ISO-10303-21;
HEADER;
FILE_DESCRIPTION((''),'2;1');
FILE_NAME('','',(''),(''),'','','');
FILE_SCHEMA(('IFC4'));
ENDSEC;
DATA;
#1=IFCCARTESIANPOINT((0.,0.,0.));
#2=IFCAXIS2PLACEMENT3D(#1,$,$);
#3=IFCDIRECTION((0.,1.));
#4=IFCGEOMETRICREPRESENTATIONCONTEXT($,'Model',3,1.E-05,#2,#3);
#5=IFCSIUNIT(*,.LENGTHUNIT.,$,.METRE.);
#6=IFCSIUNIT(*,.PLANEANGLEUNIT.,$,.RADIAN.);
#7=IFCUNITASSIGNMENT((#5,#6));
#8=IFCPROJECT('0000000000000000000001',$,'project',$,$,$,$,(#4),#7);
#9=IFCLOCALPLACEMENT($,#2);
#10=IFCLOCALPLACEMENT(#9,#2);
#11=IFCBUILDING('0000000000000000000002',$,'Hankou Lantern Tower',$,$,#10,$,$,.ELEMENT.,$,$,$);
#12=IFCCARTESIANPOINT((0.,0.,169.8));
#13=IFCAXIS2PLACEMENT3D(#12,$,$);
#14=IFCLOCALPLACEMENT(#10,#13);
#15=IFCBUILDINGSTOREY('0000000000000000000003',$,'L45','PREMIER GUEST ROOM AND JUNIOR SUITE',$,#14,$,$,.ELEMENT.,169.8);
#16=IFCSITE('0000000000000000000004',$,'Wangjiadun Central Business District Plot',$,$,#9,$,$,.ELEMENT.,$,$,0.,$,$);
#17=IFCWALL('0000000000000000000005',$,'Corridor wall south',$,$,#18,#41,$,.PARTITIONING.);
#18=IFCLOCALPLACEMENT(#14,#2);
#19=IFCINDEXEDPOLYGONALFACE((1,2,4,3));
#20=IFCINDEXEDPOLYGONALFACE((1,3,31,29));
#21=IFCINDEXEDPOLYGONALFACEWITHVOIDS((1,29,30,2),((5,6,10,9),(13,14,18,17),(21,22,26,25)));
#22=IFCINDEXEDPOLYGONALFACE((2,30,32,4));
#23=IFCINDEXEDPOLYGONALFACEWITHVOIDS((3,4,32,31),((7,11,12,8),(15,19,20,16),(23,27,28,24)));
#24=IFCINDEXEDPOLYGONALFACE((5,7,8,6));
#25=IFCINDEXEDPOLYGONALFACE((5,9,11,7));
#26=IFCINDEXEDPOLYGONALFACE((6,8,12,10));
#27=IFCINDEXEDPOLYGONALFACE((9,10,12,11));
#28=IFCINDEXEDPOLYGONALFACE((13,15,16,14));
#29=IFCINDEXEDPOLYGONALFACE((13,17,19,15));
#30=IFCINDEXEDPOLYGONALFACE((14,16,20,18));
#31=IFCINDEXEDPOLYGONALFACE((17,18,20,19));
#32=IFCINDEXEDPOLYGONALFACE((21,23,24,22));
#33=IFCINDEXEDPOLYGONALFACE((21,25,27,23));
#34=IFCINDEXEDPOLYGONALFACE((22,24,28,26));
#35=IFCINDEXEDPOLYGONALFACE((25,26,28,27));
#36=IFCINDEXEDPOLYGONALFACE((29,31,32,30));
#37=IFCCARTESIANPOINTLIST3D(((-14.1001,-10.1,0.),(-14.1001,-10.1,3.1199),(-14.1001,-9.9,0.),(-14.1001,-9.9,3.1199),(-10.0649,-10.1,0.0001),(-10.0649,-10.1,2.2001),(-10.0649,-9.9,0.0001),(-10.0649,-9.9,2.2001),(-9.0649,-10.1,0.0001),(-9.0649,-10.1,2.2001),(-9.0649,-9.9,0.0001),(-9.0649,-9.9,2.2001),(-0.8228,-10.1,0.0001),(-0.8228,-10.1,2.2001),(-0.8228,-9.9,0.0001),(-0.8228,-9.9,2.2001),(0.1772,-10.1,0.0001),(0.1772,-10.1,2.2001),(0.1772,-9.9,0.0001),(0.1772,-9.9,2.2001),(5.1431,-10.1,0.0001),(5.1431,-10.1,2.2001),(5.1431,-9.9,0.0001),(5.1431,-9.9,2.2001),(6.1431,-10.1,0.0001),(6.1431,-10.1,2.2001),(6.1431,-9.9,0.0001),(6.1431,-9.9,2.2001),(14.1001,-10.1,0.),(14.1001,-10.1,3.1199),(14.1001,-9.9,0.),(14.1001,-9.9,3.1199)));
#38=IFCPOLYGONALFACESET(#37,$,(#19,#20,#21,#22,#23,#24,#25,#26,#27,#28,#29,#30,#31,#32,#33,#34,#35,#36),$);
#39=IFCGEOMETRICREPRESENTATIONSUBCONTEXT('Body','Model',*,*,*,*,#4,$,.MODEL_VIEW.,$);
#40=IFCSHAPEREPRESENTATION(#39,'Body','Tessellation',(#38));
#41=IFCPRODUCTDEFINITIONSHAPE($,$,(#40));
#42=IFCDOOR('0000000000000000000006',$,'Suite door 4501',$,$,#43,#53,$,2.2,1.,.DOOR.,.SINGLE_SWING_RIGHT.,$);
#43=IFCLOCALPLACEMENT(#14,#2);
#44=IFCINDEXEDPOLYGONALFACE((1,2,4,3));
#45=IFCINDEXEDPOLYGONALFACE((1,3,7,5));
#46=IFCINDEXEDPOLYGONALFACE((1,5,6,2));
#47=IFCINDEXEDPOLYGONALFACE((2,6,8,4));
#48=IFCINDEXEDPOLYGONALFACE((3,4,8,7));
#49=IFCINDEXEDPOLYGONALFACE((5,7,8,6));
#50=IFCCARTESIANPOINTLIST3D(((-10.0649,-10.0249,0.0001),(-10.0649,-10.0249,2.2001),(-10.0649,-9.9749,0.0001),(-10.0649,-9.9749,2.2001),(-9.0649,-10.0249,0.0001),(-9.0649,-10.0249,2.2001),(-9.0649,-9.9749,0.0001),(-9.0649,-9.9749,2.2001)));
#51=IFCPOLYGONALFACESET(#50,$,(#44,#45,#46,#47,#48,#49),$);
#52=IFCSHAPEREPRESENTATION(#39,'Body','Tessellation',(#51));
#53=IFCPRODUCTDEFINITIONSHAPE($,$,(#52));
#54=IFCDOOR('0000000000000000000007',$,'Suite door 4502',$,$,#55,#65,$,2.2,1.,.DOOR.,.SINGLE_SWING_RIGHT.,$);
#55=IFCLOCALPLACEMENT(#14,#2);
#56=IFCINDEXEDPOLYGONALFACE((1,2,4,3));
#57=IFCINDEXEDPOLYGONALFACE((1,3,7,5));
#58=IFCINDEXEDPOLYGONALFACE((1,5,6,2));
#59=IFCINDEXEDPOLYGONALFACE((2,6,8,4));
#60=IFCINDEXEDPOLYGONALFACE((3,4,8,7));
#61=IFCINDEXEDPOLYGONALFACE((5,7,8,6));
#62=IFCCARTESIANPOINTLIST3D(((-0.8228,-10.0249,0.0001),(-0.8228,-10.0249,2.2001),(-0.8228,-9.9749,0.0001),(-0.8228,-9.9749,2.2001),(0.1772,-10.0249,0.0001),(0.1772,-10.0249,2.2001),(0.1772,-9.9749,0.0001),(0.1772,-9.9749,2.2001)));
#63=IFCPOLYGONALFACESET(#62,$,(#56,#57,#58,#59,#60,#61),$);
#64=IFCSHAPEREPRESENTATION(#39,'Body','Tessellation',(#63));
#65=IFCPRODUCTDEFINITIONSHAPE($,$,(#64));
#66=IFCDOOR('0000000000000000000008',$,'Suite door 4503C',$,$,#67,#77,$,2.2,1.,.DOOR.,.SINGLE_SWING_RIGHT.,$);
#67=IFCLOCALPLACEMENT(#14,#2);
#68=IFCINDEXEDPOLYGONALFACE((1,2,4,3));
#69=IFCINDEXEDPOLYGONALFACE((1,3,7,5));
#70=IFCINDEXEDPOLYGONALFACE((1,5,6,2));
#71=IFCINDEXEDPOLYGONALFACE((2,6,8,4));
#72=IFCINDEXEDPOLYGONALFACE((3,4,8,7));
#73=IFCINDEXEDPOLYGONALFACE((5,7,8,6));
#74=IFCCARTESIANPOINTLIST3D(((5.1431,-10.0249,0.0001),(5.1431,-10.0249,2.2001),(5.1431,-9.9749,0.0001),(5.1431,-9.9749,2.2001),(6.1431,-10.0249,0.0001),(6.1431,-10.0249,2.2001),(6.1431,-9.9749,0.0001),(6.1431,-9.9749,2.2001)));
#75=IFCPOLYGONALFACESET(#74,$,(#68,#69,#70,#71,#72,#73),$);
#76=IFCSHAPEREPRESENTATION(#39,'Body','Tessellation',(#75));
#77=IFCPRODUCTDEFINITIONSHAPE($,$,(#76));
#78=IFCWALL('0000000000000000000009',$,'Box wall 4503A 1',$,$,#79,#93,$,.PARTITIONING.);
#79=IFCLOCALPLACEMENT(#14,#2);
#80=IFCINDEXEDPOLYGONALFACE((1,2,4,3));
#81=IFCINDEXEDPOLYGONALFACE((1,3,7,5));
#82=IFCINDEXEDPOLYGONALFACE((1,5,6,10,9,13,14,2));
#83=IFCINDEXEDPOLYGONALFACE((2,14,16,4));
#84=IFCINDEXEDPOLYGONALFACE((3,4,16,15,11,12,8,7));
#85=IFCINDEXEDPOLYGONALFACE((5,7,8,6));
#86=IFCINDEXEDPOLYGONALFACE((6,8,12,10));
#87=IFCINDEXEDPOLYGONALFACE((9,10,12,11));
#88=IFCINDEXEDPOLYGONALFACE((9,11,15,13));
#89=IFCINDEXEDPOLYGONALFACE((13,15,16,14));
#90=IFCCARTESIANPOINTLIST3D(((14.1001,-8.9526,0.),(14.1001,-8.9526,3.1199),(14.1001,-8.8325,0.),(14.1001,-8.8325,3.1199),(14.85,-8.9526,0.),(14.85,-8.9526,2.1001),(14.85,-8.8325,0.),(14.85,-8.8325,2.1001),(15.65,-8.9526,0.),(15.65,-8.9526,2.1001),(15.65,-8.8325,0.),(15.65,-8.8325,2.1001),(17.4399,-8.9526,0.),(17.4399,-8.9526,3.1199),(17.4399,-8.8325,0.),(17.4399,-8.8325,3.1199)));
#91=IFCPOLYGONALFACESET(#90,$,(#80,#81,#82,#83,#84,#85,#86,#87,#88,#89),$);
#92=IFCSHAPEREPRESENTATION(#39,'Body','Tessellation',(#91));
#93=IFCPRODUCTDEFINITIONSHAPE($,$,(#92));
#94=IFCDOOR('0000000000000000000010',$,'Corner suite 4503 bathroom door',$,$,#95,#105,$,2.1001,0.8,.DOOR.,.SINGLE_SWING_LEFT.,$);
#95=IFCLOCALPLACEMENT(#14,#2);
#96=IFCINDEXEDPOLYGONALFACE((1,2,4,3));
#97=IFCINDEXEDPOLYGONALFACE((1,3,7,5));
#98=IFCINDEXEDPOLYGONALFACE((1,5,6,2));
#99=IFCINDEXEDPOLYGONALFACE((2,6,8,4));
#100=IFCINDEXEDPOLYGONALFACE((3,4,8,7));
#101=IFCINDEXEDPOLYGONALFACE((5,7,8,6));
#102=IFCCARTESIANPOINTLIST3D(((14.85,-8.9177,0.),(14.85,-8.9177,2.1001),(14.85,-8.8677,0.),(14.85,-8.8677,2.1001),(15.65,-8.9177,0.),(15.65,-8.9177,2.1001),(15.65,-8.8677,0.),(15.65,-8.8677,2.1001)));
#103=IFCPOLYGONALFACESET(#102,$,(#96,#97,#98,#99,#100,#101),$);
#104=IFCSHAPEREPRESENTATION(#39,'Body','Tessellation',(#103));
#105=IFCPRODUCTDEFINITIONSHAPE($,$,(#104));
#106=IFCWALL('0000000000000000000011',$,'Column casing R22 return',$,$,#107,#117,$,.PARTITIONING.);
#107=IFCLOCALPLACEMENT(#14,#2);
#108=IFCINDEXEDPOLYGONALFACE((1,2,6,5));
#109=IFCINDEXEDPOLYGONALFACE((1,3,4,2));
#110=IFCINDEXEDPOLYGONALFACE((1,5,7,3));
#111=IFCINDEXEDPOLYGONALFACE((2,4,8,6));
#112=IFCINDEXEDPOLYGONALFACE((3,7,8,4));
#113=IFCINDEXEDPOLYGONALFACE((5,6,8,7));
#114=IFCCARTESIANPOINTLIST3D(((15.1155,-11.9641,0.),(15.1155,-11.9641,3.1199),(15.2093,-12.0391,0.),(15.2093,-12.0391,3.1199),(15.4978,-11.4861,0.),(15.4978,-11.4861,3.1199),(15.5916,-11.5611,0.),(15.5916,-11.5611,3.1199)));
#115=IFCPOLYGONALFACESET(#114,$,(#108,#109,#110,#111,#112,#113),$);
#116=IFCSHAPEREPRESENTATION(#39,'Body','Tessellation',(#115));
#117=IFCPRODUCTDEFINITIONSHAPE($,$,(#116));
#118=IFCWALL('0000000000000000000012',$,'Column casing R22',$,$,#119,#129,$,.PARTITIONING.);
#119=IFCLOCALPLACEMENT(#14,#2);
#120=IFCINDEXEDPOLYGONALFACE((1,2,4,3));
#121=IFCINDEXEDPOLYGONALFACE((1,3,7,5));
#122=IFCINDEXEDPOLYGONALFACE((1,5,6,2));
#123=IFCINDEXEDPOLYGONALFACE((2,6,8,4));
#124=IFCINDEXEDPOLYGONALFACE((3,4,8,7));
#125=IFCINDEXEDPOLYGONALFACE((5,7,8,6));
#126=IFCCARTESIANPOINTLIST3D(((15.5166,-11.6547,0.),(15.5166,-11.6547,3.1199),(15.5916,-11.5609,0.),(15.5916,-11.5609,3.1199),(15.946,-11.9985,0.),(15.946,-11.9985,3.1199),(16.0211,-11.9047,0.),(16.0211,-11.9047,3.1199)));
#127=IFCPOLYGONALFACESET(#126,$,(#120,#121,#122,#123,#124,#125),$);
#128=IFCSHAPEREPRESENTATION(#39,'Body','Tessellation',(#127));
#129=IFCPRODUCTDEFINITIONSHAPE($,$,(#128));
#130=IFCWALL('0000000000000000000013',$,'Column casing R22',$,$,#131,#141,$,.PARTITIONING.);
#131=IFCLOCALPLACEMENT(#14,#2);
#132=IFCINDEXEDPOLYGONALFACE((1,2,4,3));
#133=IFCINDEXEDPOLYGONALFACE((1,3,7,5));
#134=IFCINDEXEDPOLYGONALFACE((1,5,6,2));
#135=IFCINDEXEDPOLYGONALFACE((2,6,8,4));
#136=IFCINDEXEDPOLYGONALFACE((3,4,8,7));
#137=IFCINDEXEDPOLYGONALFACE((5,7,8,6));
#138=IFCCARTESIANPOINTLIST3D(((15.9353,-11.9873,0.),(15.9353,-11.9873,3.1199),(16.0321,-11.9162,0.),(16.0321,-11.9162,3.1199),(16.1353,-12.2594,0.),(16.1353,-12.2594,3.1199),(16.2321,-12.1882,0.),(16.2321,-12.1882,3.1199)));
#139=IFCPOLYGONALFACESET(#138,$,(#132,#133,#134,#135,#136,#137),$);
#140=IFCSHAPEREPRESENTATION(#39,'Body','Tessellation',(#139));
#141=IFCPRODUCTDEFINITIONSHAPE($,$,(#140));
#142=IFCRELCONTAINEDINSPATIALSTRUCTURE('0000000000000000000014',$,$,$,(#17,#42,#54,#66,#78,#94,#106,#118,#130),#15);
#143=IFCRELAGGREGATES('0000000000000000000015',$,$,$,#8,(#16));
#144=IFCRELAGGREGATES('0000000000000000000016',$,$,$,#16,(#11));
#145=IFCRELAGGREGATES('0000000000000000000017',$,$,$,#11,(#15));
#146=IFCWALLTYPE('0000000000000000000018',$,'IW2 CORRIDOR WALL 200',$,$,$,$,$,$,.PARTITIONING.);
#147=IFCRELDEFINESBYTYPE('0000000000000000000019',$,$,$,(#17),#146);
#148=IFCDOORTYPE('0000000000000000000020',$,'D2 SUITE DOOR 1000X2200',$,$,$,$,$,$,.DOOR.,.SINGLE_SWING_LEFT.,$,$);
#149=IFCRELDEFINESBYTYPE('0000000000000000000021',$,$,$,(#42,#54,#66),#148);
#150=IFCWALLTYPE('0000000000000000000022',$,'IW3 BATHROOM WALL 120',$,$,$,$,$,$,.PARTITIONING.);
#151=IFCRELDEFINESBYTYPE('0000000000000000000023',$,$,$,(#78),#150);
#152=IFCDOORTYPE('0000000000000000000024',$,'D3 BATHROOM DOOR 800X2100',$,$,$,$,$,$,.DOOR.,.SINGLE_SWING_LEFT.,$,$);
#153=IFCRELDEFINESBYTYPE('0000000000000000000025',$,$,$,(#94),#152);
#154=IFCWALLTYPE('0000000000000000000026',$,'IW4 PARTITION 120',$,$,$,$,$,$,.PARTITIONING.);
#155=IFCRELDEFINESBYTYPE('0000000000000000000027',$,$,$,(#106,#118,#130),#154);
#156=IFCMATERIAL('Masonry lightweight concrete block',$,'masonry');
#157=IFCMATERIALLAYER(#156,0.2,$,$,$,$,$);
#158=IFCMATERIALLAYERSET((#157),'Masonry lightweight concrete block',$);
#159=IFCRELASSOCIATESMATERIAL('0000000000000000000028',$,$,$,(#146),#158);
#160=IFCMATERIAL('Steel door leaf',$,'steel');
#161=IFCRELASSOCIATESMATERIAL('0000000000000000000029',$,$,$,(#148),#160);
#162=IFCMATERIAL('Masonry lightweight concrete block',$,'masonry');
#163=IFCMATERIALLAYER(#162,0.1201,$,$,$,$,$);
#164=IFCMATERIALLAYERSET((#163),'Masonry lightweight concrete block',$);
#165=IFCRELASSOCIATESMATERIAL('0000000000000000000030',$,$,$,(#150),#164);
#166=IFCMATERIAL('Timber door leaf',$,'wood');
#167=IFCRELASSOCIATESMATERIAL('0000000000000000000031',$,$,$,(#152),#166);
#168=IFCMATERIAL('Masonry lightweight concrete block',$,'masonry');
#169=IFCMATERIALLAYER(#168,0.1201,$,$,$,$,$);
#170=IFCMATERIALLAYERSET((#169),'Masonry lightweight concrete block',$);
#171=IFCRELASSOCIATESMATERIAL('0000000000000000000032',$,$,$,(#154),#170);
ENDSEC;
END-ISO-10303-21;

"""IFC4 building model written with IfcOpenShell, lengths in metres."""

from ifc_helpers import new_model, si_unit, direction, frame, frame_2d, origin, place, context, subcontext, project, spatial, rectangle, extrude, material, layer, layer_set, type_object, element, fill, save


model = new_model("IFC4")

# Units and contexts
model_context = context("Model", 3, precision=1e-05, world=origin(), true_north=direction((0.0, 1.0)))
body_context = subcontext(model_context, "Body", "Model", "MODEL_VIEW")
ifc_project = project(units=[si_unit("LENGTHUNIT", "METRE"), si_unit("PLANEANGLEUNIT", "RADIAN")], contexts=[model_context])

# Site, building, storey
site_placement = place(None, origin())
site = spatial("IfcSite", under=ifc_project, at=site_placement, Name="Wangjiadun Central Business District Plot", CompositionType="ELEMENT", RefElevation=0.0)
building_placement = place(site_placement, origin())
building = spatial("IfcBuilding", under=site, at=building_placement, Name="Hankou Lantern Tower", CompositionType="ELEMENT")
storey_placement = place(building_placement, frame((0.0, 0.0, 169.8)))
storey = spatial("IfcBuildingStorey", under=building, at=storey_placement, Name="L45", Description="PREMIER GUEST ROOM AND JUNIOR SUITE", CompositionType="ELEMENT", Elevation=169.8)

# Wall, openings, doors
ifc_material_1 = material(Name="Masonry lightweight concrete block", Category="masonry")
ifc_layer_1 = layer(ifc_material_1, 0.2)
ifc_layer_set_1 = layer_set([ifc_layer_1], Name="Masonry lightweight concrete block")
wall_type_1 = type_object("IfcWallType", Name="IW2 CORRIDOR WALL 200", PredefinedType="PARTITIONING", material=ifc_layer_set_1)
ifc_material_2 = material(Name="Steel door leaf", Category="steel")
door_type_1 = type_object("IfcDoorType", Name="D2 SUITE DOOR 1000X2200", OperationType="SINGLE_SWING_LEFT", PredefinedType="DOOR", material=ifc_material_2)
wall_1_placement = place(storey_placement, frame((14.1001, -10.0, 0.0), z_axis=(0.0, 0.0, 1.0), x_axis=(-1.0, 0.0, 0.0)))
wall_1 = element("IfcWall", 1, at=wall_1_placement, inside=storey, type_object=wall_type_1, Name="Corridor wall south", PredefinedType="PARTITIONING", context=body_context, shape_type="SweptSolid", body=[
    extrude(rectangle(XDim=28.2002, YDim=0.2, at=frame_2d((14.1001, 0.0))), origin(), (0.0, 0.0, 1.0), 3.1199),
])
opening_1_placement = place(wall_1_placement, frame((23.165, 0.0, 0.0)))
opening_1 = element("IfcOpeningElement", 2, at=opening_1_placement, cuts=wall_1, PredefinedType="OPENING", context=body_context, shape_type="SweptSolid", body=[
    extrude(rectangle(XDim=1.0, YDim=2.2, at=frame_2d((0.5, 1.1001))), frame((0.0, 0.1099, 0.0), z_axis=(0.0, -1.0, 0.0), x_axis=(1.0, 0.0, 0.0)), (0.0, 0.0, 1.0), 0.22),
])
opening_2_placement = place(wall_1_placement, frame((13.9229, 0.0, 0.0)))
opening_2 = element("IfcOpeningElement", 3, at=opening_2_placement, cuts=wall_1, PredefinedType="OPENING", context=body_context, shape_type="SweptSolid", body=[
    extrude(rectangle(XDim=1.0, YDim=2.2, at=frame_2d((0.5, 1.1001))), frame((0.0, 0.1099, 0.0), z_axis=(0.0, -1.0, 0.0), x_axis=(1.0, 0.0, 0.0)), (0.0, 0.0, 1.0), 0.22),
])
opening_3_placement = place(wall_1_placement, frame((7.957, 0.0, 0.0)))
opening_3 = element("IfcOpeningElement", 4, at=opening_3_placement, cuts=wall_1, PredefinedType="OPENING", context=body_context, shape_type="SweptSolid", body=[
    extrude(rectangle(XDim=1.0, YDim=2.2, at=frame_2d((0.5, 1.1001))), frame((0.0, 0.1099, 0.0), z_axis=(0.0, -1.0, 0.0), x_axis=(1.0, 0.0, 0.0)), (0.0, 0.0, 1.0), 0.22),
])
door_1_placement = place(opening_1_placement, origin())
door_1 = element("IfcDoor", 5, at=door_1_placement, inside=storey, type_object=door_type_1, Name="Suite door 4501", OperationType="SINGLE_SWING_RIGHT", OverallHeight=2.2, OverallWidth=1.0, PredefinedType="DOOR", context=body_context, shape_type="SweptSolid", body=[
    extrude(rectangle(XDim=1.0, YDim=2.2, at=frame_2d((0.5, 1.1001))), frame((0.0, 0.0249, 0.0), z_axis=(0.0, -1.0, 0.0), x_axis=(1.0, 0.0, 0.0)), (0.0, 0.0, 1.0), 0.05),
])
fill(opening_1, door_1)
door_2_placement = place(opening_2_placement, origin())
door_2 = element("IfcDoor", 6, at=door_2_placement, inside=storey, type_object=door_type_1, Name="Suite door 4502", OperationType="SINGLE_SWING_RIGHT", OverallHeight=2.2, OverallWidth=1.0, PredefinedType="DOOR", context=body_context, shape_type="SweptSolid", body=[
    extrude(rectangle(XDim=1.0, YDim=2.2, at=frame_2d((0.5, 1.1001))), frame((0.0, 0.0249, 0.0), z_axis=(0.0, -1.0, 0.0), x_axis=(1.0, 0.0, 0.0)), (0.0, 0.0, 1.0), 0.05),
])
fill(opening_2, door_2)
door_3_placement = place(opening_3_placement, origin())
door_3 = element("IfcDoor", 7, at=door_3_placement, inside=storey, type_object=door_type_1, Name="Suite door 4503C", OperationType="SINGLE_SWING_RIGHT", OverallHeight=2.2, OverallWidth=1.0, PredefinedType="DOOR", context=body_context, shape_type="SweptSolid", body=[
    extrude(rectangle(XDim=1.0, YDim=2.2, at=frame_2d((0.5, 1.1001))), frame((0.0, 0.0249, 0.0), z_axis=(0.0, -1.0, 0.0), x_axis=(1.0, 0.0, 0.0)), (0.0, 0.0, 1.0), 0.05),
])
fill(opening_3, door_3)

# Wall, opening, door
ifc_material_3 = material(Name="Masonry lightweight concrete block", Category="masonry")
ifc_layer_2 = layer(ifc_material_3, 0.1201)
ifc_layer_set_2 = layer_set([ifc_layer_2], Name="Masonry lightweight concrete block")
wall_type_2 = type_object("IfcWallType", Name="IW3 BATHROOM WALL 120", PredefinedType="PARTITIONING", material=ifc_layer_set_2)
wall_2_placement = place(storey_placement, frame((14.1001, -8.8926, 0.0), z_axis=(0.0, 0.0, 1.0), x_axis=(1.0, 0.0, 0.0)))
wall_2 = element("IfcWall", 8, at=wall_2_placement, inside=storey, type_object=wall_type_2, Name="Box wall 4503A 1", PredefinedType="PARTITIONING", context=body_context, shape_type="SweptSolid", body=[
    extrude(rectangle(XDim=3.3398, YDim=0.1201, at=frame_2d((1.6699, 0.0))), origin(), (0.0, 0.0, 1.0), 3.1199),
])
opening_4_placement = place(wall_2_placement, frame((0.75, 0.0, 0.0)))
opening_4 = element("IfcOpeningElement", 9, at=opening_4_placement, cuts=wall_2, PredefinedType="OPENING", context=body_context, shape_type="SweptSolid", body=[
    extrude(rectangle(XDim=0.8, YDim=2.1001, at=frame_2d((0.3999, 1.05))), frame((0.0, 0.0701, 0.0), z_axis=(0.0, -1.0, 0.0), x_axis=(1.0, 0.0, 0.0)), (0.0, 0.0, 1.0), 0.1401),
])
ifc_material_4 = material(Name="Timber door leaf", Category="wood")
door_type_2 = type_object("IfcDoorType", Name="D3 BATHROOM DOOR 800X2100", OperationType="SINGLE_SWING_LEFT", PredefinedType="DOOR", material=ifc_material_4)
door_4_placement = place(opening_4_placement, origin())
door_4 = element("IfcDoor", 10, at=door_4_placement, inside=storey, type_object=door_type_2, Name="Corner suite 4503 bathroom door", OperationType="SINGLE_SWING_LEFT", OverallHeight=2.1001, OverallWidth=0.8, PredefinedType="DOOR", context=body_context, shape_type="SweptSolid", body=[
    extrude(rectangle(XDim=0.8, YDim=2.1001, at=frame_2d((0.3999, 1.05))), frame((0.0, 0.0249, 0.0), z_axis=(0.0, -1.0, 0.0), x_axis=(1.0, 0.0, 0.0)), (0.0, 0.0, 1.0), 0.05),
])
fill(opening_4, door_4)

# Walls
ifc_material_5 = material(Name="Masonry lightweight concrete block", Category="masonry")
ifc_layer_3 = layer(ifc_material_5, 0.1201)
ifc_layer_set_3 = layer_set([ifc_layer_3], Name="Masonry lightweight concrete block")
wall_type_3 = type_object("IfcWallType", Name="IW4 PARTITION 120", PredefinedType="PARTITIONING", material=ifc_layer_set_3)
wall_3_placement = place(storey_placement, frame((15.1624, -12.0017, 0.0), z_axis=(0.0, 0.0, 1.0), x_axis=(0.624598, 0.780947, 0.0)))
element("IfcWall", 11, at=wall_3_placement, inside=storey, type_object=wall_type_3, Name="Column casing R22 return", PredefinedType="PARTITIONING", context=body_context, shape_type="SweptSolid", body=[
    extrude(rectangle(XDim=0.6121, YDim=0.1201, at=frame_2d((0.3062, 0.0))), origin(), (0.0, 0.0, 1.0), 3.1199),
])
wall_4_placement = place(storey_placement, frame((15.5542, -11.6079, 0.0), z_axis=(0.0, 0.0, 1.0), x_axis=(0.780696, -0.624912, 0.0)))
element("IfcWall", 12, at=wall_4_placement, inside=storey, type_object=wall_type_3, Name="Column casing R22", PredefinedType="PARTITIONING", context=body_context, shape_type="SweptSolid", body=[
    extrude(rectangle(XDim=0.55, YDim=0.1201, at=frame_2d((0.2749, 0.0))), origin(), (0.0, 0.0, 1.0), 3.1199),
])
wall_5_placement = place(storey_placement, frame((15.9836, -11.9517, 0.0), z_axis=(0.0, 0.0, 1.0), x_axis=(0.592335, -0.805692, 0.0)))
element("IfcWall", 13, at=wall_5_placement, inside=storey, type_object=wall_type_3, Name="Column casing R22", PredefinedType="PARTITIONING", context=body_context, shape_type="SweptSolid", body=[
    extrude(rectangle(XDim=0.3376, YDim=0.1201, at=frame_2d((0.1689, 0.0))), origin(), (0.0, 0.0, 1.0), 3.1199),
])

save(model, "model.ifc")
